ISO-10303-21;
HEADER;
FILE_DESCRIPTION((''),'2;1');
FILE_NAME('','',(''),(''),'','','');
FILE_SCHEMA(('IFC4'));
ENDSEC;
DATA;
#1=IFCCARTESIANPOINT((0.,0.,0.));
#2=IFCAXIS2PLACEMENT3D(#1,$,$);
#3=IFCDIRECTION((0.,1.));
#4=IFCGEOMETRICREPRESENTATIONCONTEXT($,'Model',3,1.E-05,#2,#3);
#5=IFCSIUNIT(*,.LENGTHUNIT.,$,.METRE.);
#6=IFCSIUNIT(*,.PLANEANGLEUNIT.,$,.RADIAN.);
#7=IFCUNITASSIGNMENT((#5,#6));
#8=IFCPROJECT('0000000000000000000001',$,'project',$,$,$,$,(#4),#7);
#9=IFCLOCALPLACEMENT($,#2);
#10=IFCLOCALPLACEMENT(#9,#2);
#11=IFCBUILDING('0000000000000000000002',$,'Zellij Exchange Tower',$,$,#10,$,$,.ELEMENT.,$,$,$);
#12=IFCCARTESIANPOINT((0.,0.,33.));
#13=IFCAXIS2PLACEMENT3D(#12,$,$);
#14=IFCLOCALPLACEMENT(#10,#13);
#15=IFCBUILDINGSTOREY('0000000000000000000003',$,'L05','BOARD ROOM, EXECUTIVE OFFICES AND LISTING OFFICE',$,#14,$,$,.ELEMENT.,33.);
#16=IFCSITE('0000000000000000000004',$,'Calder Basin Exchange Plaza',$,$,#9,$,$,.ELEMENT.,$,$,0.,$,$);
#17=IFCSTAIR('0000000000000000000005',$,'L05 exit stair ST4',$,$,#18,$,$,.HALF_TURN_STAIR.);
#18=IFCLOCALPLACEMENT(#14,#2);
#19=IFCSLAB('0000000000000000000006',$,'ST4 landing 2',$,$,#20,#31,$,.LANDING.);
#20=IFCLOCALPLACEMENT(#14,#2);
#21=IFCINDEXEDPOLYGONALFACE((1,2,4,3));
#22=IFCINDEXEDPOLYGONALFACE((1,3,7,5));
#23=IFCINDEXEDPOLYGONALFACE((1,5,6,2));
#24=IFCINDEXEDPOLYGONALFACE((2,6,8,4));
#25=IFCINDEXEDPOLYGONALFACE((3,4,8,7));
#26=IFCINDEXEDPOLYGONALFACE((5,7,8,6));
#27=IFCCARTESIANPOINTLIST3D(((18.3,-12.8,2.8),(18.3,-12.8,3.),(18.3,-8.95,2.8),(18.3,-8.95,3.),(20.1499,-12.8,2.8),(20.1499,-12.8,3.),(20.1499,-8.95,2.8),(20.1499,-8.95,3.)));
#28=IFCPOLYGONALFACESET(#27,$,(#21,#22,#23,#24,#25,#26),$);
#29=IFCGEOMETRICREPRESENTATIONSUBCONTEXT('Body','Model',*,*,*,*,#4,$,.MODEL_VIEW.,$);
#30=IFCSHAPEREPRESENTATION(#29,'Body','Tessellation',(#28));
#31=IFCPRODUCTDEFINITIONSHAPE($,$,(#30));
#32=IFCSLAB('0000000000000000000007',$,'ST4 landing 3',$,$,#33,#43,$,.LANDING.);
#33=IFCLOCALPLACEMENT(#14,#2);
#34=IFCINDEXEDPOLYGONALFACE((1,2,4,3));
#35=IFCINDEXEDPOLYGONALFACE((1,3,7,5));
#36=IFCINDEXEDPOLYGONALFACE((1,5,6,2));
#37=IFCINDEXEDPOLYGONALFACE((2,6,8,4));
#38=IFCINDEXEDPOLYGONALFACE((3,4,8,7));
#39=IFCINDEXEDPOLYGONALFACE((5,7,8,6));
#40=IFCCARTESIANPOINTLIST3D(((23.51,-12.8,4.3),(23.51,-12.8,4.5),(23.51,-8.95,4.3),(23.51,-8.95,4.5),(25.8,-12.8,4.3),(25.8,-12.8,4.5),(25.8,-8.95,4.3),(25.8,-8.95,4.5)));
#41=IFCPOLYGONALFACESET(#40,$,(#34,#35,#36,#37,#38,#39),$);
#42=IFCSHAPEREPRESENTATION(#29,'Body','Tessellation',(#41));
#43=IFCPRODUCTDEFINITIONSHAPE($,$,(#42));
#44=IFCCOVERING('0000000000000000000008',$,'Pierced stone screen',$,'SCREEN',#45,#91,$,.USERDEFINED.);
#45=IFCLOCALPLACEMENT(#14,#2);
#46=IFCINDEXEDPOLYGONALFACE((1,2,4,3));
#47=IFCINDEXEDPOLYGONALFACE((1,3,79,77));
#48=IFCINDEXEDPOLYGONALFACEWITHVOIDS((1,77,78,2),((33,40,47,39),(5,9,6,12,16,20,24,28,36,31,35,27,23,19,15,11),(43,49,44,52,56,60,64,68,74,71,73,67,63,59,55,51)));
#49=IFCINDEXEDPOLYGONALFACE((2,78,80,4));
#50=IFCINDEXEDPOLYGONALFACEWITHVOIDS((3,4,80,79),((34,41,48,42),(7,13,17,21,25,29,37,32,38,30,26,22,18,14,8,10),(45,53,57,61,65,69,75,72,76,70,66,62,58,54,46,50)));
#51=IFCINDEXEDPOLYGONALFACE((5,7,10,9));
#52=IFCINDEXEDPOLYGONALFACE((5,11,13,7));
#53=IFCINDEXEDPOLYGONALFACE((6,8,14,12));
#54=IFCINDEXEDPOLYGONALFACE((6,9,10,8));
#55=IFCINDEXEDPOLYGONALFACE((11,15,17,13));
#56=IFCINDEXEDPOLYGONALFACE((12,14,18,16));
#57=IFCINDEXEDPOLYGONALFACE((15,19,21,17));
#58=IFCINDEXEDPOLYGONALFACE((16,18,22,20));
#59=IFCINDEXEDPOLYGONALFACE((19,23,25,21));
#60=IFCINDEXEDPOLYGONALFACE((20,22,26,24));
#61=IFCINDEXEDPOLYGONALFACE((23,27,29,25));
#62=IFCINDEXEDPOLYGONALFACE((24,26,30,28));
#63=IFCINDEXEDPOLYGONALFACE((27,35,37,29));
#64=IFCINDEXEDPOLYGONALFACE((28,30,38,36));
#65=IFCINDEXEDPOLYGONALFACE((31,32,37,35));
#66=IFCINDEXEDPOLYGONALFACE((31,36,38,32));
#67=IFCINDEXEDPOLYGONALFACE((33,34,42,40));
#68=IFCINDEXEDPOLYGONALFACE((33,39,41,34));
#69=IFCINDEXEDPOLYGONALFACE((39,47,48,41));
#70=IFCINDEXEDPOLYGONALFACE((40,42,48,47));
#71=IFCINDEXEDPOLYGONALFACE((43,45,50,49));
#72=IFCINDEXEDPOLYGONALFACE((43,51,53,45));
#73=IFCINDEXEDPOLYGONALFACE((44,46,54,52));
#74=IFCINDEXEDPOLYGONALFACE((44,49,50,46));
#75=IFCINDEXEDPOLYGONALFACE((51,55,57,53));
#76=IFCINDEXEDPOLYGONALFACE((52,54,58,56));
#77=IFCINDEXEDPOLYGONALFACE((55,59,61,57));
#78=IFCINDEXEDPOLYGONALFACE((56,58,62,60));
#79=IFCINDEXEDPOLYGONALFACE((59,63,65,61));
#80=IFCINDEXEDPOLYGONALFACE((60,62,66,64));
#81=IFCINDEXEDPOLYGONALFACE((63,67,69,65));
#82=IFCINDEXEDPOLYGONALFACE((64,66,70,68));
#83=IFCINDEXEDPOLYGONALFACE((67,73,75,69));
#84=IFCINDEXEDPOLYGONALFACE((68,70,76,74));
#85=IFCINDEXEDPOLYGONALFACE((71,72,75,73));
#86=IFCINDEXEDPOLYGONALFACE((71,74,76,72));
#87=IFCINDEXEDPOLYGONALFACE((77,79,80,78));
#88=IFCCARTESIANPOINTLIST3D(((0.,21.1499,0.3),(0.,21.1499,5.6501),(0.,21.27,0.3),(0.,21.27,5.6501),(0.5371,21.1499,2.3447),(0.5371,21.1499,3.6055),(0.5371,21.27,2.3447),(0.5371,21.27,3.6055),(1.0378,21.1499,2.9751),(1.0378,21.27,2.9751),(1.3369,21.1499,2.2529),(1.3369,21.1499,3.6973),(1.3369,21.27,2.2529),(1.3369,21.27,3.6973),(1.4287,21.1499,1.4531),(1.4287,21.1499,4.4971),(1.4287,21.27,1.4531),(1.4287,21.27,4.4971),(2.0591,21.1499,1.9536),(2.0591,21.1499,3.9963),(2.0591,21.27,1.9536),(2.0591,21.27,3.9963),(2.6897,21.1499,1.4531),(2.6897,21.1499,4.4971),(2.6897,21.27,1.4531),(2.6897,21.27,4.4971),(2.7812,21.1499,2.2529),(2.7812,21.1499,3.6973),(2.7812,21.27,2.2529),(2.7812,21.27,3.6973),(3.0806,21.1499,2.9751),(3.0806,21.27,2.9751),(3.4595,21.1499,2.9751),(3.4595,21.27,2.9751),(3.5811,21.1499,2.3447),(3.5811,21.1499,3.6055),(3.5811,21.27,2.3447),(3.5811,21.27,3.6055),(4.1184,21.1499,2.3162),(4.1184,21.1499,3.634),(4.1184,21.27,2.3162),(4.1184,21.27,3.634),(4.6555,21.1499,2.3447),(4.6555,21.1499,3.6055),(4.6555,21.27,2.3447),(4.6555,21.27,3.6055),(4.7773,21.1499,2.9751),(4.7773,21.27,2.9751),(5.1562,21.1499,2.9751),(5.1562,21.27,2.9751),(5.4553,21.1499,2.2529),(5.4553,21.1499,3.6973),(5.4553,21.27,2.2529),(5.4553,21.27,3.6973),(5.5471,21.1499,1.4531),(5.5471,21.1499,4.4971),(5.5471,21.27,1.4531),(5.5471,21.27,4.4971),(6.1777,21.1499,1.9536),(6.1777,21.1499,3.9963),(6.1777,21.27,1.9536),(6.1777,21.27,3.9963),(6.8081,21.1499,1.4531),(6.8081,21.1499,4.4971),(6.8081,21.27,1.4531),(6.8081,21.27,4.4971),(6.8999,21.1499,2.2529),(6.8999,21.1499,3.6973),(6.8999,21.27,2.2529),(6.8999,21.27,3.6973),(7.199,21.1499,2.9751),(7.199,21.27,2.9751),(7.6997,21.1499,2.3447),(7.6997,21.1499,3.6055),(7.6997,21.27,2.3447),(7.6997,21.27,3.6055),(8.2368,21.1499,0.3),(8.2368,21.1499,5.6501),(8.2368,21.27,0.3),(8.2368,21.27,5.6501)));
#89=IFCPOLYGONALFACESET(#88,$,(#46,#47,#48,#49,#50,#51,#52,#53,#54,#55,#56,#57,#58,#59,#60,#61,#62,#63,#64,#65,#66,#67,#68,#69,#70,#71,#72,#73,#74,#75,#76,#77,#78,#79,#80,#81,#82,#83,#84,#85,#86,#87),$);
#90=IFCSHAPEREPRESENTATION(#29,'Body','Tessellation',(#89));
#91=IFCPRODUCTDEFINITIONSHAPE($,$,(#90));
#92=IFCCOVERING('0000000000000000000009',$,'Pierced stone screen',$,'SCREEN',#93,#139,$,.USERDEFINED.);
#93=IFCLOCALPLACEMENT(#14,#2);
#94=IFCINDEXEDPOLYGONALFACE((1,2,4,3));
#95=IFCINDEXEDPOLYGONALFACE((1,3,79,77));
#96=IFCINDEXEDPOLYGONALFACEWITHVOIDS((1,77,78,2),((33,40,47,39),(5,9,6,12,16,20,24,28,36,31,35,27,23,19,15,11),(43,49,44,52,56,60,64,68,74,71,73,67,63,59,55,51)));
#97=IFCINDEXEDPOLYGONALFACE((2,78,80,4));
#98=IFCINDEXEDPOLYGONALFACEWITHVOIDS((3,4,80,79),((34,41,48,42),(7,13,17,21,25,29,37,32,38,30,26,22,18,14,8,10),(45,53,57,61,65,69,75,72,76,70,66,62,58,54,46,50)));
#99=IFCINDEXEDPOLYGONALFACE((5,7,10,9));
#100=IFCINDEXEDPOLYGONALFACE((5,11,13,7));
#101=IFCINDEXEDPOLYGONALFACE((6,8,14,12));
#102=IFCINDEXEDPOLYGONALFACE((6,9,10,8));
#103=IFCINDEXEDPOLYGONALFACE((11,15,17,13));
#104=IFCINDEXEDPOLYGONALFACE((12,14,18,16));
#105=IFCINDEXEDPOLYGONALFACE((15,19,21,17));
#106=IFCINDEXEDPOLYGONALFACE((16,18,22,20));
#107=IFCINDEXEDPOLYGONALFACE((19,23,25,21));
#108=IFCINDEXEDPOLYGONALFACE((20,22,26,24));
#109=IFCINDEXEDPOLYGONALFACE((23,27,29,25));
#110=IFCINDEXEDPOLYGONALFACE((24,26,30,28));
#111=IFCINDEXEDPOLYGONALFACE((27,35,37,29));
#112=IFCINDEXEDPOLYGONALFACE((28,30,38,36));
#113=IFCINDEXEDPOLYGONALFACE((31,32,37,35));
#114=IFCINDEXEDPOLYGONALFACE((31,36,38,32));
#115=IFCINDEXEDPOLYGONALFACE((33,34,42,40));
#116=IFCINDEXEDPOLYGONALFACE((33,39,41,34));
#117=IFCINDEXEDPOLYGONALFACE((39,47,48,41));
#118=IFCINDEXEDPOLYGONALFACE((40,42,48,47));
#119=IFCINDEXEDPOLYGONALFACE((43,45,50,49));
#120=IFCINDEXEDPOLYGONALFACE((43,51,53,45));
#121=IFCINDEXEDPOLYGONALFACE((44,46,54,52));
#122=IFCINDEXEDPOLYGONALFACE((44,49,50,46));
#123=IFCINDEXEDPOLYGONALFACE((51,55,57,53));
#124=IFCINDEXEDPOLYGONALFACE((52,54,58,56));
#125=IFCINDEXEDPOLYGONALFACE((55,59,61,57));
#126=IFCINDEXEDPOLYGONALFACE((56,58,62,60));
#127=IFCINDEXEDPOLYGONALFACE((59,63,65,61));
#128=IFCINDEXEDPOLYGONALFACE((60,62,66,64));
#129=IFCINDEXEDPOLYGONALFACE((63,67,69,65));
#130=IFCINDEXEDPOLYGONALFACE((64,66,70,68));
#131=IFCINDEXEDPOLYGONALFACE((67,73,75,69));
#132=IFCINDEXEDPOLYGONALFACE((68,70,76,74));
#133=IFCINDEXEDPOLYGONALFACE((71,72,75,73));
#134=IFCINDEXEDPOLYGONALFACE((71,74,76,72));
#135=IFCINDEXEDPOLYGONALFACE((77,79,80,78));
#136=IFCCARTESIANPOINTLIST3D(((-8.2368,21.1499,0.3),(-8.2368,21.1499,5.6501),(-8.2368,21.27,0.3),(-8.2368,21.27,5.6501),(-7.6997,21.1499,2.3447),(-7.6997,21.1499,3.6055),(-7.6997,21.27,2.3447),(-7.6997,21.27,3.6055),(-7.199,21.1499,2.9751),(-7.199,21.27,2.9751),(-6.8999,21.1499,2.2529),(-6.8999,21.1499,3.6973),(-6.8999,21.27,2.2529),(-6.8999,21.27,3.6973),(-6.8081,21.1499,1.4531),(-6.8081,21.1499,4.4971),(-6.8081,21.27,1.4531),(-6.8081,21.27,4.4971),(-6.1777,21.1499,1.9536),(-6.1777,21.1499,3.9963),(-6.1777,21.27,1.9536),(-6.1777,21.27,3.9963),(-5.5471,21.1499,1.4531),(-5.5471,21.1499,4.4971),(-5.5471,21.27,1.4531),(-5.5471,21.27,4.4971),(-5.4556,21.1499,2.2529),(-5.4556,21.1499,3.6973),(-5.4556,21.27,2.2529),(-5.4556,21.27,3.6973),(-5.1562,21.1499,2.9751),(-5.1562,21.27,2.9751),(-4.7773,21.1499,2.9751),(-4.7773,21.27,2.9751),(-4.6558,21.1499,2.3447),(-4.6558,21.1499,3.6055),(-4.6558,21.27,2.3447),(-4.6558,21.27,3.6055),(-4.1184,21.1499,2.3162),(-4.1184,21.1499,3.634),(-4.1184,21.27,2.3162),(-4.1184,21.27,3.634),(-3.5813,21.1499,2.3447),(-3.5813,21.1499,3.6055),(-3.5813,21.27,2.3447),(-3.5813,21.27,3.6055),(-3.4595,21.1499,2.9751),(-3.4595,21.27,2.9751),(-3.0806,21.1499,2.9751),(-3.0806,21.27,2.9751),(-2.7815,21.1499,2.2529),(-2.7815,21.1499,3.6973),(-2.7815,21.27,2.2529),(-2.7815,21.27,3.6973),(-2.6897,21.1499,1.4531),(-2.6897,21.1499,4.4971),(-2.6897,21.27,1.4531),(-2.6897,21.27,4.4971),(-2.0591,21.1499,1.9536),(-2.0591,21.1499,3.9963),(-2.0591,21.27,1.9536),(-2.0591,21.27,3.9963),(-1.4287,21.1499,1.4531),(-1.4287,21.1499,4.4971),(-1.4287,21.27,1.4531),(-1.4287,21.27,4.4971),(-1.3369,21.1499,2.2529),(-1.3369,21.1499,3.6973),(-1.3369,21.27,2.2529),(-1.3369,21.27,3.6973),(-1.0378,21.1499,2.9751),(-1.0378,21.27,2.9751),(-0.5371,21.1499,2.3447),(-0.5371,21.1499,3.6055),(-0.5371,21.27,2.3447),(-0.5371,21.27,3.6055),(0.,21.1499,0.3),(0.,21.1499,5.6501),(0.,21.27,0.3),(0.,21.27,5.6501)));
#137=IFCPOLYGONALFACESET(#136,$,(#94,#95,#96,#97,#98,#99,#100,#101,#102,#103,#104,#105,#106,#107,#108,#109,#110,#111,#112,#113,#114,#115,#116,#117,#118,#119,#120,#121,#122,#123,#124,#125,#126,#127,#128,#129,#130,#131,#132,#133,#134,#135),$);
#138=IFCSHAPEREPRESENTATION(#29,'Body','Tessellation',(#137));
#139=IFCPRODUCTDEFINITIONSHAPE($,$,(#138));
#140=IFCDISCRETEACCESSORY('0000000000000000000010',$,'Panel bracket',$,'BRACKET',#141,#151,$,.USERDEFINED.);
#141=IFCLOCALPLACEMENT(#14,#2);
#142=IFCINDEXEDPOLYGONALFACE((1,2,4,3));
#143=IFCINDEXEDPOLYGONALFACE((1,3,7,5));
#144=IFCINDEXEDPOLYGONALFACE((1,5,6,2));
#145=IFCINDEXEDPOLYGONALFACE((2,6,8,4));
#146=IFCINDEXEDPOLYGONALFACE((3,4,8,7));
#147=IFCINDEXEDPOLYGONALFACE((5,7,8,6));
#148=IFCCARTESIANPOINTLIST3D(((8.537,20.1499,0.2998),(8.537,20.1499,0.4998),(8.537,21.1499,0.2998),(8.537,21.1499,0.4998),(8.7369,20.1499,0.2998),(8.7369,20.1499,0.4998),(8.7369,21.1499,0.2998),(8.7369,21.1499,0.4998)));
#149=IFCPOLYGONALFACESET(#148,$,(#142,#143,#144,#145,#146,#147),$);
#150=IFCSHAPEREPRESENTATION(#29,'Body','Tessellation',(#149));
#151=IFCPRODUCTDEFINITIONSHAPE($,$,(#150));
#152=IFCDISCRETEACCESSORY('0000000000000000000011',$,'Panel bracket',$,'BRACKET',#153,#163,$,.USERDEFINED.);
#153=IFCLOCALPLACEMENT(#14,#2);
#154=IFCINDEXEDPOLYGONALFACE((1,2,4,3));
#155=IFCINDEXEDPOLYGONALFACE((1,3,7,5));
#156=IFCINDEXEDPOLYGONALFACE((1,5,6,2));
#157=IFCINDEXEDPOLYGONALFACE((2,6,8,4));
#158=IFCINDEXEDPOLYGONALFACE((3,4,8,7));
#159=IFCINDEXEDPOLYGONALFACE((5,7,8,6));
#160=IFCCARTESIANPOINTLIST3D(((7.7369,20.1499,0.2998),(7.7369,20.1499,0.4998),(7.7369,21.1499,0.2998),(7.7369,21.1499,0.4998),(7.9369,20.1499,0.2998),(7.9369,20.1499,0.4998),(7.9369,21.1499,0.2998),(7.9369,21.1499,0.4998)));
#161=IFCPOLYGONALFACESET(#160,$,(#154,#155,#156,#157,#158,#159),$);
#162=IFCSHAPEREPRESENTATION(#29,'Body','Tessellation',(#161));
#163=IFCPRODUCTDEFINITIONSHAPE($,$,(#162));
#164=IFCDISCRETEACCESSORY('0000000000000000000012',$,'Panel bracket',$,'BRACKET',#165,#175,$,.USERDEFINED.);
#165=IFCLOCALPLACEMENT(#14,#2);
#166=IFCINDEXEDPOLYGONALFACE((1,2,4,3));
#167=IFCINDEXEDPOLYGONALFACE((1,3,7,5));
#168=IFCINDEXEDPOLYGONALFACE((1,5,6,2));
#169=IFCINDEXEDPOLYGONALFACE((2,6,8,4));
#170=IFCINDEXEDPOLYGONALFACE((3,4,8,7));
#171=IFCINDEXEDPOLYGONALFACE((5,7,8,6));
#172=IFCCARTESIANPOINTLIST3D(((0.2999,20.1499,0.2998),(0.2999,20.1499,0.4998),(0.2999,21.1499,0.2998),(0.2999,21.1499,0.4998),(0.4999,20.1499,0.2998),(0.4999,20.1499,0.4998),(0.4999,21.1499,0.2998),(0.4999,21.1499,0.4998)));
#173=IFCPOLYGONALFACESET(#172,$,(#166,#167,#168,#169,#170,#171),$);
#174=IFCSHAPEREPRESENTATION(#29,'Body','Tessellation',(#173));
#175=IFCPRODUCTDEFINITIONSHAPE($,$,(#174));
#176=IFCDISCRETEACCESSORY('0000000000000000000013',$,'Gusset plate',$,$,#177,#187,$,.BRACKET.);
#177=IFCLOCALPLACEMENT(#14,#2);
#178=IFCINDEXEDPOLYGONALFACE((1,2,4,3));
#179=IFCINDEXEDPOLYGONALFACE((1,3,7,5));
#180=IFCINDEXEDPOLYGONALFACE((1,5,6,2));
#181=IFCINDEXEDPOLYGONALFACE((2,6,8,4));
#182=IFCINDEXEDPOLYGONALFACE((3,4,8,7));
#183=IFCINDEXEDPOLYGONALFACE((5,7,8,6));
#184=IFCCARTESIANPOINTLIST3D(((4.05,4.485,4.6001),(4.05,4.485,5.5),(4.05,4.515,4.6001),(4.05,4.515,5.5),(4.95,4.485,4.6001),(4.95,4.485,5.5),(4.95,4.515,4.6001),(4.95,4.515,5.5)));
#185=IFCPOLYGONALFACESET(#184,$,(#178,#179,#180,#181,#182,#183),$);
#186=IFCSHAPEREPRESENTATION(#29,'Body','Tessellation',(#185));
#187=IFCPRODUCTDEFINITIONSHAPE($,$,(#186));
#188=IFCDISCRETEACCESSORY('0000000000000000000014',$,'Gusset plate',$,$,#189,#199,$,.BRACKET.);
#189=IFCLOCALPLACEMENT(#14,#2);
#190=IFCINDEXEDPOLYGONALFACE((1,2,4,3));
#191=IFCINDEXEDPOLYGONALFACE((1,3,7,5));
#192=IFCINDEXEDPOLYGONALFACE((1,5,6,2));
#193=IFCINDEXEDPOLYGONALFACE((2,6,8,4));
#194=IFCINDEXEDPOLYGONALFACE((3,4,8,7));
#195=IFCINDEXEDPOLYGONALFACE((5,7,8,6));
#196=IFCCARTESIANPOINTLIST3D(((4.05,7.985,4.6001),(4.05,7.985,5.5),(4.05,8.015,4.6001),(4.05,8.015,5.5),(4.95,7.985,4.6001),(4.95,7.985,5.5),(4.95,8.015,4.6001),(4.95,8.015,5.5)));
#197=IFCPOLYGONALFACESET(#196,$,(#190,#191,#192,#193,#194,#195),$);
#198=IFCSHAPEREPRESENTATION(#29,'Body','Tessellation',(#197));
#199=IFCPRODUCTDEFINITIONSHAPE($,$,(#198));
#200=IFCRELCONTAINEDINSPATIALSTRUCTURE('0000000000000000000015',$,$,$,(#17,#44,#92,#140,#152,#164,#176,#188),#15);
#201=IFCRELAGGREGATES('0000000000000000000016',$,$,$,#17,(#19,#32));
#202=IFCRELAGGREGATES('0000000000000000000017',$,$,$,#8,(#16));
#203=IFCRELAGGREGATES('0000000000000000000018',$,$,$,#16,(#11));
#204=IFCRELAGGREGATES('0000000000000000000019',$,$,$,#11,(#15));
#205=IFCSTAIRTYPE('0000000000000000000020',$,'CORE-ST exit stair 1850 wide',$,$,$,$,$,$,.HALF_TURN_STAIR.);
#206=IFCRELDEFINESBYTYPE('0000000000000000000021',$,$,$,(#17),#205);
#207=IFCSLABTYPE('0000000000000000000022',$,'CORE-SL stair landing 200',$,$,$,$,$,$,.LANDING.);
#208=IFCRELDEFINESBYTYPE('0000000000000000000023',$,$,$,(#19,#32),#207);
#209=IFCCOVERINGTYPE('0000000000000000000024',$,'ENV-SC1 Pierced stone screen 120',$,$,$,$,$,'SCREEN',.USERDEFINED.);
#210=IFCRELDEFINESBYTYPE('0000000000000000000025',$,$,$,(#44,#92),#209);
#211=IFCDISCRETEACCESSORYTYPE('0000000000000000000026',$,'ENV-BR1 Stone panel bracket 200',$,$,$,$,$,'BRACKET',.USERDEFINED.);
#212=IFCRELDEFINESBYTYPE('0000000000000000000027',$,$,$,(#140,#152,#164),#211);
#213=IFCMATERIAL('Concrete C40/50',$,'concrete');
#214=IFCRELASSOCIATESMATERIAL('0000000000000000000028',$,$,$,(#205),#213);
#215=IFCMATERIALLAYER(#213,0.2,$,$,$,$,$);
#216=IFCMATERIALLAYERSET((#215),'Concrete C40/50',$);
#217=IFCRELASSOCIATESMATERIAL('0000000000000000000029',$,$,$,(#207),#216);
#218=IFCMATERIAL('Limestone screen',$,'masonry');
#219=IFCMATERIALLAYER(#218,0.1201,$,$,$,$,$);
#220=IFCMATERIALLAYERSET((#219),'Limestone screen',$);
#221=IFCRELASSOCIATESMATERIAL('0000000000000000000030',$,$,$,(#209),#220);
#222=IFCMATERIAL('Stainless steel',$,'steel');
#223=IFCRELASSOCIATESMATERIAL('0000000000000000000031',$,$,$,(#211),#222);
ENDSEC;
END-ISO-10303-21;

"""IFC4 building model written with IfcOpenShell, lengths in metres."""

from ifc_helpers import new_model, si_unit, direction, frame, origin, origin_2d, place, context, subcontext, project, spatial, polyline, rectangle, outline, extrude, material, layer, layer_set, type_object, element, aggregate, save


model = new_model("IFC4")

# Units and contexts
model_context = context("Model", 3, precision=1e-05, world=origin(), true_north=direction((0.0, 1.0)))
body_context = subcontext(model_context, "Body", "Model", "MODEL_VIEW")
ifc_project = project(units=[si_unit("LENGTHUNIT", "METRE"), si_unit("PLANEANGLEUNIT", "RADIAN")], contexts=[model_context])

# Site, building, storey
site_placement = place(None, origin())
site = spatial("IfcSite", under=ifc_project, at=site_placement, Name="Calder Basin Exchange Plaza", CompositionType="ELEMENT", RefElevation=0.0)
building_placement = place(site_placement, origin())
building = spatial("IfcBuilding", under=site, at=building_placement, Name="Zellij Exchange Tower", CompositionType="ELEMENT")
storey_placement = place(building_placement, frame((0.0, 0.0, 33.0)))
storey = spatial("IfcBuildingStorey", under=building, at=storey_placement, Name="L05", Description="BOARD ROOM, EXECUTIVE OFFICES AND LISTING OFFICE", CompositionType="ELEMENT", Elevation=33.0)

# Shared definitions
ifc_material_1 = material(Name="Concrete C40/50", Category="concrete")
stair_type = type_object("IfcStairType", Name="CORE-ST exit stair 1850 wide", PredefinedType="HALF_TURN_STAIR", material=ifc_material_1)
ifc_layer_1 = layer(ifc_material_1, 0.2)
ifc_layer_set_1 = layer_set([ifc_layer_1], Name="Concrete C40/50")
slab_type = type_object("IfcSlabType", Name="CORE-SL stair landing 200", PredefinedType="LANDING", material=ifc_layer_set_1)

# Stair, slabs
stair_1_placement = place(storey_placement, origin())
stair_1 = element("IfcStair", 1, at=stair_1_placement, inside=storey, type_object=stair_type, Name="L05 exit stair ST4", PredefinedType="HALF_TURN_STAIR")
slab_1_placement = place(storey_placement, frame((0.0, 0.0, 2.8)))
slab_1 = element("IfcSlab", 2, at=slab_1_placement, type_object=slab_type, Name="ST4 landing 2", PredefinedType="LANDING", context=body_context, shape_type="SweptSolid", body=[
    extrude(outline(polyline([(18.3, -12.8), (20.1499, -12.8), (20.1499, -8.95), (18.3, -8.95), (18.3, -12.8)])), origin(), (0.0, 0.0, 1.0), 0.2),
])
slab_2_placement = place(storey_placement, frame((0.0, 0.0, 4.3)))
slab_2 = element("IfcSlab", 3, at=slab_2_placement, type_object=slab_type, Name="ST4 landing 3", PredefinedType="LANDING", context=body_context, shape_type="SweptSolid", body=[
    extrude(outline(polyline([(23.51, -12.8), (25.8, -12.8), (25.8, -8.95), (23.51, -8.95), (23.51, -12.8)])), origin(), (0.0, 0.0, 1.0), 0.2),
])
aggregate(stair_1, [slab_1, slab_2])

# Coverings
ifc_material_2 = material(Name="Limestone screen", Category="masonry")
ifc_layer_2 = layer(ifc_material_2, 0.1201)
ifc_layer_set_2 = layer_set([ifc_layer_2], Name="Limestone screen")
covering_type = type_object("IfcCoveringType", Name="ENV-SC1 Pierced stone screen 120", ElementType="SCREEN", PredefinedType="USERDEFINED", material=ifc_layer_set_2)
for number, where, z_axis, x_axis, name in (
    (4, (8.2368, 21.21, 0.3), (0.0, 0.0, 1.0), (-1.0, 0.0, 0.0), "Pierced stone screen"),
    (5, (0.0, 21.21, 0.3), (0.0, 0.0, 1.0), (-1.0, 0.0, 0.0), "Pierced stone screen"),
):
    element("IfcCovering", number, at=place(storey_placement, frame(where, z_axis=z_axis, x_axis=x_axis)), inside=storey, type_object=covering_type, Name=name, ObjectType="SCREEN", PredefinedType="USERDEFINED", context=body_context, shape_type="SweptSolid", body=[
        extrude(outline(polyline([(0.0, 0.0), (8.2368, 0.0), (8.2368, 5.3501), (0.0, 5.3501), (0.0, 0.0)]), holes=[polyline([(3.5813, 3.3054), (2.7815, 3.3972), (2.6897, 4.197), (2.0591, 3.6963), (1.4287, 4.197), (1.3369, 3.3972), (0.5371, 3.3054), (1.0378, 2.675), (0.5371, 2.0447), (1.3369, 1.9529), (1.4287, 1.1531), (2.0591, 1.6536), (2.6897, 1.1531), (2.7815, 1.9529), (3.5813, 2.0447), (3.0806, 2.675), (3.5813, 3.3054)]), polyline([(7.6997, 3.3054), (6.8999, 3.3972), (6.8081, 4.197), (6.1777, 3.6963), (5.5471, 4.197), (5.4556, 3.3972), (4.6558, 3.3054), (5.1562, 2.675), (4.6558, 2.0447), (5.4556, 1.9529), (5.5471, 1.1531), (6.1777, 1.6536), (6.8081, 1.1531), (6.8999, 1.9529), (7.6997, 2.0447), (7.199, 2.675), (7.6997, 3.3054)]), polyline([(4.7773, 2.675), (4.1184, 3.334), (3.4595, 2.675), (4.1184, 2.0161), (4.7773, 2.675)])]), frame((0.0, 0.0601, 0.0), z_axis=(0.0, -1.0, 0.0), x_axis=(1.0, 0.0, 0.0)), (0.0, 0.0, 1.0), 0.1201),
    ])

# Discrete accessories
ifc_material_3 = material(Name="Stainless steel", Category="steel")
discrete_accessory_type = type_object("IfcDiscreteAccessoryType", Name="ENV-BR1 Stone panel bracket 200", ElementType="BRACKET", PredefinedType="USERDEFINED", material=ifc_material_3)
for number, where, z_axis, x_axis, name in (
    (6, (8.637, 20.6499, 0.2998), (0.0, 0.0, 1.0), (-1.0, 0.0, 0.0), "Panel bracket"),
    (7, (7.8369, 20.6499, 0.2998), (0.0, 0.0, 1.0), (-1.0, 0.0, 0.0), "Panel bracket"),
    (8, (0.3999, 20.6499, 0.2998), (0.0, 0.0, 1.0), (-1.0, 0.0, 0.0), "Panel bracket"),
):
    element("IfcDiscreteAccessory", number, at=place(storey_placement, frame(where, z_axis=z_axis, x_axis=x_axis)), inside=storey, type_object=discrete_accessory_type, Name=name, ObjectType="BRACKET", PredefinedType="USERDEFINED", context=body_context, shape_type="SweptSolid", body=[
        extrude(rectangle(XDim=0.2, YDim=1.0, at=origin_2d()), origin(), (0.0, 0.0, 1.0), 0.2),
    ])
for number, where, z_axis, x_axis, name in (
    (9, (4.5, 4.5, 4.6001), (0.0, 0.0, 1.0), (1.0, 0.0, 0.0), "Gusset plate"),
    (10, (4.5, 8.0, 4.6001), (0.0, 0.0, 1.0), (1.0, 0.0, 0.0), "Gusset plate"),
):
    element("IfcDiscreteAccessory", number, at=place(storey_placement, frame(where, z_axis=z_axis, x_axis=x_axis)), inside=storey, Name=name, PredefinedType="BRACKET", context=body_context, shape_type="SweptSolid", body=[
        extrude(rectangle(XDim=0.8999, YDim=0.03, at=origin_2d()), origin(), (0.0, 0.0, 1.0), 0.8999),
    ])

save(model, "model.ifc")
